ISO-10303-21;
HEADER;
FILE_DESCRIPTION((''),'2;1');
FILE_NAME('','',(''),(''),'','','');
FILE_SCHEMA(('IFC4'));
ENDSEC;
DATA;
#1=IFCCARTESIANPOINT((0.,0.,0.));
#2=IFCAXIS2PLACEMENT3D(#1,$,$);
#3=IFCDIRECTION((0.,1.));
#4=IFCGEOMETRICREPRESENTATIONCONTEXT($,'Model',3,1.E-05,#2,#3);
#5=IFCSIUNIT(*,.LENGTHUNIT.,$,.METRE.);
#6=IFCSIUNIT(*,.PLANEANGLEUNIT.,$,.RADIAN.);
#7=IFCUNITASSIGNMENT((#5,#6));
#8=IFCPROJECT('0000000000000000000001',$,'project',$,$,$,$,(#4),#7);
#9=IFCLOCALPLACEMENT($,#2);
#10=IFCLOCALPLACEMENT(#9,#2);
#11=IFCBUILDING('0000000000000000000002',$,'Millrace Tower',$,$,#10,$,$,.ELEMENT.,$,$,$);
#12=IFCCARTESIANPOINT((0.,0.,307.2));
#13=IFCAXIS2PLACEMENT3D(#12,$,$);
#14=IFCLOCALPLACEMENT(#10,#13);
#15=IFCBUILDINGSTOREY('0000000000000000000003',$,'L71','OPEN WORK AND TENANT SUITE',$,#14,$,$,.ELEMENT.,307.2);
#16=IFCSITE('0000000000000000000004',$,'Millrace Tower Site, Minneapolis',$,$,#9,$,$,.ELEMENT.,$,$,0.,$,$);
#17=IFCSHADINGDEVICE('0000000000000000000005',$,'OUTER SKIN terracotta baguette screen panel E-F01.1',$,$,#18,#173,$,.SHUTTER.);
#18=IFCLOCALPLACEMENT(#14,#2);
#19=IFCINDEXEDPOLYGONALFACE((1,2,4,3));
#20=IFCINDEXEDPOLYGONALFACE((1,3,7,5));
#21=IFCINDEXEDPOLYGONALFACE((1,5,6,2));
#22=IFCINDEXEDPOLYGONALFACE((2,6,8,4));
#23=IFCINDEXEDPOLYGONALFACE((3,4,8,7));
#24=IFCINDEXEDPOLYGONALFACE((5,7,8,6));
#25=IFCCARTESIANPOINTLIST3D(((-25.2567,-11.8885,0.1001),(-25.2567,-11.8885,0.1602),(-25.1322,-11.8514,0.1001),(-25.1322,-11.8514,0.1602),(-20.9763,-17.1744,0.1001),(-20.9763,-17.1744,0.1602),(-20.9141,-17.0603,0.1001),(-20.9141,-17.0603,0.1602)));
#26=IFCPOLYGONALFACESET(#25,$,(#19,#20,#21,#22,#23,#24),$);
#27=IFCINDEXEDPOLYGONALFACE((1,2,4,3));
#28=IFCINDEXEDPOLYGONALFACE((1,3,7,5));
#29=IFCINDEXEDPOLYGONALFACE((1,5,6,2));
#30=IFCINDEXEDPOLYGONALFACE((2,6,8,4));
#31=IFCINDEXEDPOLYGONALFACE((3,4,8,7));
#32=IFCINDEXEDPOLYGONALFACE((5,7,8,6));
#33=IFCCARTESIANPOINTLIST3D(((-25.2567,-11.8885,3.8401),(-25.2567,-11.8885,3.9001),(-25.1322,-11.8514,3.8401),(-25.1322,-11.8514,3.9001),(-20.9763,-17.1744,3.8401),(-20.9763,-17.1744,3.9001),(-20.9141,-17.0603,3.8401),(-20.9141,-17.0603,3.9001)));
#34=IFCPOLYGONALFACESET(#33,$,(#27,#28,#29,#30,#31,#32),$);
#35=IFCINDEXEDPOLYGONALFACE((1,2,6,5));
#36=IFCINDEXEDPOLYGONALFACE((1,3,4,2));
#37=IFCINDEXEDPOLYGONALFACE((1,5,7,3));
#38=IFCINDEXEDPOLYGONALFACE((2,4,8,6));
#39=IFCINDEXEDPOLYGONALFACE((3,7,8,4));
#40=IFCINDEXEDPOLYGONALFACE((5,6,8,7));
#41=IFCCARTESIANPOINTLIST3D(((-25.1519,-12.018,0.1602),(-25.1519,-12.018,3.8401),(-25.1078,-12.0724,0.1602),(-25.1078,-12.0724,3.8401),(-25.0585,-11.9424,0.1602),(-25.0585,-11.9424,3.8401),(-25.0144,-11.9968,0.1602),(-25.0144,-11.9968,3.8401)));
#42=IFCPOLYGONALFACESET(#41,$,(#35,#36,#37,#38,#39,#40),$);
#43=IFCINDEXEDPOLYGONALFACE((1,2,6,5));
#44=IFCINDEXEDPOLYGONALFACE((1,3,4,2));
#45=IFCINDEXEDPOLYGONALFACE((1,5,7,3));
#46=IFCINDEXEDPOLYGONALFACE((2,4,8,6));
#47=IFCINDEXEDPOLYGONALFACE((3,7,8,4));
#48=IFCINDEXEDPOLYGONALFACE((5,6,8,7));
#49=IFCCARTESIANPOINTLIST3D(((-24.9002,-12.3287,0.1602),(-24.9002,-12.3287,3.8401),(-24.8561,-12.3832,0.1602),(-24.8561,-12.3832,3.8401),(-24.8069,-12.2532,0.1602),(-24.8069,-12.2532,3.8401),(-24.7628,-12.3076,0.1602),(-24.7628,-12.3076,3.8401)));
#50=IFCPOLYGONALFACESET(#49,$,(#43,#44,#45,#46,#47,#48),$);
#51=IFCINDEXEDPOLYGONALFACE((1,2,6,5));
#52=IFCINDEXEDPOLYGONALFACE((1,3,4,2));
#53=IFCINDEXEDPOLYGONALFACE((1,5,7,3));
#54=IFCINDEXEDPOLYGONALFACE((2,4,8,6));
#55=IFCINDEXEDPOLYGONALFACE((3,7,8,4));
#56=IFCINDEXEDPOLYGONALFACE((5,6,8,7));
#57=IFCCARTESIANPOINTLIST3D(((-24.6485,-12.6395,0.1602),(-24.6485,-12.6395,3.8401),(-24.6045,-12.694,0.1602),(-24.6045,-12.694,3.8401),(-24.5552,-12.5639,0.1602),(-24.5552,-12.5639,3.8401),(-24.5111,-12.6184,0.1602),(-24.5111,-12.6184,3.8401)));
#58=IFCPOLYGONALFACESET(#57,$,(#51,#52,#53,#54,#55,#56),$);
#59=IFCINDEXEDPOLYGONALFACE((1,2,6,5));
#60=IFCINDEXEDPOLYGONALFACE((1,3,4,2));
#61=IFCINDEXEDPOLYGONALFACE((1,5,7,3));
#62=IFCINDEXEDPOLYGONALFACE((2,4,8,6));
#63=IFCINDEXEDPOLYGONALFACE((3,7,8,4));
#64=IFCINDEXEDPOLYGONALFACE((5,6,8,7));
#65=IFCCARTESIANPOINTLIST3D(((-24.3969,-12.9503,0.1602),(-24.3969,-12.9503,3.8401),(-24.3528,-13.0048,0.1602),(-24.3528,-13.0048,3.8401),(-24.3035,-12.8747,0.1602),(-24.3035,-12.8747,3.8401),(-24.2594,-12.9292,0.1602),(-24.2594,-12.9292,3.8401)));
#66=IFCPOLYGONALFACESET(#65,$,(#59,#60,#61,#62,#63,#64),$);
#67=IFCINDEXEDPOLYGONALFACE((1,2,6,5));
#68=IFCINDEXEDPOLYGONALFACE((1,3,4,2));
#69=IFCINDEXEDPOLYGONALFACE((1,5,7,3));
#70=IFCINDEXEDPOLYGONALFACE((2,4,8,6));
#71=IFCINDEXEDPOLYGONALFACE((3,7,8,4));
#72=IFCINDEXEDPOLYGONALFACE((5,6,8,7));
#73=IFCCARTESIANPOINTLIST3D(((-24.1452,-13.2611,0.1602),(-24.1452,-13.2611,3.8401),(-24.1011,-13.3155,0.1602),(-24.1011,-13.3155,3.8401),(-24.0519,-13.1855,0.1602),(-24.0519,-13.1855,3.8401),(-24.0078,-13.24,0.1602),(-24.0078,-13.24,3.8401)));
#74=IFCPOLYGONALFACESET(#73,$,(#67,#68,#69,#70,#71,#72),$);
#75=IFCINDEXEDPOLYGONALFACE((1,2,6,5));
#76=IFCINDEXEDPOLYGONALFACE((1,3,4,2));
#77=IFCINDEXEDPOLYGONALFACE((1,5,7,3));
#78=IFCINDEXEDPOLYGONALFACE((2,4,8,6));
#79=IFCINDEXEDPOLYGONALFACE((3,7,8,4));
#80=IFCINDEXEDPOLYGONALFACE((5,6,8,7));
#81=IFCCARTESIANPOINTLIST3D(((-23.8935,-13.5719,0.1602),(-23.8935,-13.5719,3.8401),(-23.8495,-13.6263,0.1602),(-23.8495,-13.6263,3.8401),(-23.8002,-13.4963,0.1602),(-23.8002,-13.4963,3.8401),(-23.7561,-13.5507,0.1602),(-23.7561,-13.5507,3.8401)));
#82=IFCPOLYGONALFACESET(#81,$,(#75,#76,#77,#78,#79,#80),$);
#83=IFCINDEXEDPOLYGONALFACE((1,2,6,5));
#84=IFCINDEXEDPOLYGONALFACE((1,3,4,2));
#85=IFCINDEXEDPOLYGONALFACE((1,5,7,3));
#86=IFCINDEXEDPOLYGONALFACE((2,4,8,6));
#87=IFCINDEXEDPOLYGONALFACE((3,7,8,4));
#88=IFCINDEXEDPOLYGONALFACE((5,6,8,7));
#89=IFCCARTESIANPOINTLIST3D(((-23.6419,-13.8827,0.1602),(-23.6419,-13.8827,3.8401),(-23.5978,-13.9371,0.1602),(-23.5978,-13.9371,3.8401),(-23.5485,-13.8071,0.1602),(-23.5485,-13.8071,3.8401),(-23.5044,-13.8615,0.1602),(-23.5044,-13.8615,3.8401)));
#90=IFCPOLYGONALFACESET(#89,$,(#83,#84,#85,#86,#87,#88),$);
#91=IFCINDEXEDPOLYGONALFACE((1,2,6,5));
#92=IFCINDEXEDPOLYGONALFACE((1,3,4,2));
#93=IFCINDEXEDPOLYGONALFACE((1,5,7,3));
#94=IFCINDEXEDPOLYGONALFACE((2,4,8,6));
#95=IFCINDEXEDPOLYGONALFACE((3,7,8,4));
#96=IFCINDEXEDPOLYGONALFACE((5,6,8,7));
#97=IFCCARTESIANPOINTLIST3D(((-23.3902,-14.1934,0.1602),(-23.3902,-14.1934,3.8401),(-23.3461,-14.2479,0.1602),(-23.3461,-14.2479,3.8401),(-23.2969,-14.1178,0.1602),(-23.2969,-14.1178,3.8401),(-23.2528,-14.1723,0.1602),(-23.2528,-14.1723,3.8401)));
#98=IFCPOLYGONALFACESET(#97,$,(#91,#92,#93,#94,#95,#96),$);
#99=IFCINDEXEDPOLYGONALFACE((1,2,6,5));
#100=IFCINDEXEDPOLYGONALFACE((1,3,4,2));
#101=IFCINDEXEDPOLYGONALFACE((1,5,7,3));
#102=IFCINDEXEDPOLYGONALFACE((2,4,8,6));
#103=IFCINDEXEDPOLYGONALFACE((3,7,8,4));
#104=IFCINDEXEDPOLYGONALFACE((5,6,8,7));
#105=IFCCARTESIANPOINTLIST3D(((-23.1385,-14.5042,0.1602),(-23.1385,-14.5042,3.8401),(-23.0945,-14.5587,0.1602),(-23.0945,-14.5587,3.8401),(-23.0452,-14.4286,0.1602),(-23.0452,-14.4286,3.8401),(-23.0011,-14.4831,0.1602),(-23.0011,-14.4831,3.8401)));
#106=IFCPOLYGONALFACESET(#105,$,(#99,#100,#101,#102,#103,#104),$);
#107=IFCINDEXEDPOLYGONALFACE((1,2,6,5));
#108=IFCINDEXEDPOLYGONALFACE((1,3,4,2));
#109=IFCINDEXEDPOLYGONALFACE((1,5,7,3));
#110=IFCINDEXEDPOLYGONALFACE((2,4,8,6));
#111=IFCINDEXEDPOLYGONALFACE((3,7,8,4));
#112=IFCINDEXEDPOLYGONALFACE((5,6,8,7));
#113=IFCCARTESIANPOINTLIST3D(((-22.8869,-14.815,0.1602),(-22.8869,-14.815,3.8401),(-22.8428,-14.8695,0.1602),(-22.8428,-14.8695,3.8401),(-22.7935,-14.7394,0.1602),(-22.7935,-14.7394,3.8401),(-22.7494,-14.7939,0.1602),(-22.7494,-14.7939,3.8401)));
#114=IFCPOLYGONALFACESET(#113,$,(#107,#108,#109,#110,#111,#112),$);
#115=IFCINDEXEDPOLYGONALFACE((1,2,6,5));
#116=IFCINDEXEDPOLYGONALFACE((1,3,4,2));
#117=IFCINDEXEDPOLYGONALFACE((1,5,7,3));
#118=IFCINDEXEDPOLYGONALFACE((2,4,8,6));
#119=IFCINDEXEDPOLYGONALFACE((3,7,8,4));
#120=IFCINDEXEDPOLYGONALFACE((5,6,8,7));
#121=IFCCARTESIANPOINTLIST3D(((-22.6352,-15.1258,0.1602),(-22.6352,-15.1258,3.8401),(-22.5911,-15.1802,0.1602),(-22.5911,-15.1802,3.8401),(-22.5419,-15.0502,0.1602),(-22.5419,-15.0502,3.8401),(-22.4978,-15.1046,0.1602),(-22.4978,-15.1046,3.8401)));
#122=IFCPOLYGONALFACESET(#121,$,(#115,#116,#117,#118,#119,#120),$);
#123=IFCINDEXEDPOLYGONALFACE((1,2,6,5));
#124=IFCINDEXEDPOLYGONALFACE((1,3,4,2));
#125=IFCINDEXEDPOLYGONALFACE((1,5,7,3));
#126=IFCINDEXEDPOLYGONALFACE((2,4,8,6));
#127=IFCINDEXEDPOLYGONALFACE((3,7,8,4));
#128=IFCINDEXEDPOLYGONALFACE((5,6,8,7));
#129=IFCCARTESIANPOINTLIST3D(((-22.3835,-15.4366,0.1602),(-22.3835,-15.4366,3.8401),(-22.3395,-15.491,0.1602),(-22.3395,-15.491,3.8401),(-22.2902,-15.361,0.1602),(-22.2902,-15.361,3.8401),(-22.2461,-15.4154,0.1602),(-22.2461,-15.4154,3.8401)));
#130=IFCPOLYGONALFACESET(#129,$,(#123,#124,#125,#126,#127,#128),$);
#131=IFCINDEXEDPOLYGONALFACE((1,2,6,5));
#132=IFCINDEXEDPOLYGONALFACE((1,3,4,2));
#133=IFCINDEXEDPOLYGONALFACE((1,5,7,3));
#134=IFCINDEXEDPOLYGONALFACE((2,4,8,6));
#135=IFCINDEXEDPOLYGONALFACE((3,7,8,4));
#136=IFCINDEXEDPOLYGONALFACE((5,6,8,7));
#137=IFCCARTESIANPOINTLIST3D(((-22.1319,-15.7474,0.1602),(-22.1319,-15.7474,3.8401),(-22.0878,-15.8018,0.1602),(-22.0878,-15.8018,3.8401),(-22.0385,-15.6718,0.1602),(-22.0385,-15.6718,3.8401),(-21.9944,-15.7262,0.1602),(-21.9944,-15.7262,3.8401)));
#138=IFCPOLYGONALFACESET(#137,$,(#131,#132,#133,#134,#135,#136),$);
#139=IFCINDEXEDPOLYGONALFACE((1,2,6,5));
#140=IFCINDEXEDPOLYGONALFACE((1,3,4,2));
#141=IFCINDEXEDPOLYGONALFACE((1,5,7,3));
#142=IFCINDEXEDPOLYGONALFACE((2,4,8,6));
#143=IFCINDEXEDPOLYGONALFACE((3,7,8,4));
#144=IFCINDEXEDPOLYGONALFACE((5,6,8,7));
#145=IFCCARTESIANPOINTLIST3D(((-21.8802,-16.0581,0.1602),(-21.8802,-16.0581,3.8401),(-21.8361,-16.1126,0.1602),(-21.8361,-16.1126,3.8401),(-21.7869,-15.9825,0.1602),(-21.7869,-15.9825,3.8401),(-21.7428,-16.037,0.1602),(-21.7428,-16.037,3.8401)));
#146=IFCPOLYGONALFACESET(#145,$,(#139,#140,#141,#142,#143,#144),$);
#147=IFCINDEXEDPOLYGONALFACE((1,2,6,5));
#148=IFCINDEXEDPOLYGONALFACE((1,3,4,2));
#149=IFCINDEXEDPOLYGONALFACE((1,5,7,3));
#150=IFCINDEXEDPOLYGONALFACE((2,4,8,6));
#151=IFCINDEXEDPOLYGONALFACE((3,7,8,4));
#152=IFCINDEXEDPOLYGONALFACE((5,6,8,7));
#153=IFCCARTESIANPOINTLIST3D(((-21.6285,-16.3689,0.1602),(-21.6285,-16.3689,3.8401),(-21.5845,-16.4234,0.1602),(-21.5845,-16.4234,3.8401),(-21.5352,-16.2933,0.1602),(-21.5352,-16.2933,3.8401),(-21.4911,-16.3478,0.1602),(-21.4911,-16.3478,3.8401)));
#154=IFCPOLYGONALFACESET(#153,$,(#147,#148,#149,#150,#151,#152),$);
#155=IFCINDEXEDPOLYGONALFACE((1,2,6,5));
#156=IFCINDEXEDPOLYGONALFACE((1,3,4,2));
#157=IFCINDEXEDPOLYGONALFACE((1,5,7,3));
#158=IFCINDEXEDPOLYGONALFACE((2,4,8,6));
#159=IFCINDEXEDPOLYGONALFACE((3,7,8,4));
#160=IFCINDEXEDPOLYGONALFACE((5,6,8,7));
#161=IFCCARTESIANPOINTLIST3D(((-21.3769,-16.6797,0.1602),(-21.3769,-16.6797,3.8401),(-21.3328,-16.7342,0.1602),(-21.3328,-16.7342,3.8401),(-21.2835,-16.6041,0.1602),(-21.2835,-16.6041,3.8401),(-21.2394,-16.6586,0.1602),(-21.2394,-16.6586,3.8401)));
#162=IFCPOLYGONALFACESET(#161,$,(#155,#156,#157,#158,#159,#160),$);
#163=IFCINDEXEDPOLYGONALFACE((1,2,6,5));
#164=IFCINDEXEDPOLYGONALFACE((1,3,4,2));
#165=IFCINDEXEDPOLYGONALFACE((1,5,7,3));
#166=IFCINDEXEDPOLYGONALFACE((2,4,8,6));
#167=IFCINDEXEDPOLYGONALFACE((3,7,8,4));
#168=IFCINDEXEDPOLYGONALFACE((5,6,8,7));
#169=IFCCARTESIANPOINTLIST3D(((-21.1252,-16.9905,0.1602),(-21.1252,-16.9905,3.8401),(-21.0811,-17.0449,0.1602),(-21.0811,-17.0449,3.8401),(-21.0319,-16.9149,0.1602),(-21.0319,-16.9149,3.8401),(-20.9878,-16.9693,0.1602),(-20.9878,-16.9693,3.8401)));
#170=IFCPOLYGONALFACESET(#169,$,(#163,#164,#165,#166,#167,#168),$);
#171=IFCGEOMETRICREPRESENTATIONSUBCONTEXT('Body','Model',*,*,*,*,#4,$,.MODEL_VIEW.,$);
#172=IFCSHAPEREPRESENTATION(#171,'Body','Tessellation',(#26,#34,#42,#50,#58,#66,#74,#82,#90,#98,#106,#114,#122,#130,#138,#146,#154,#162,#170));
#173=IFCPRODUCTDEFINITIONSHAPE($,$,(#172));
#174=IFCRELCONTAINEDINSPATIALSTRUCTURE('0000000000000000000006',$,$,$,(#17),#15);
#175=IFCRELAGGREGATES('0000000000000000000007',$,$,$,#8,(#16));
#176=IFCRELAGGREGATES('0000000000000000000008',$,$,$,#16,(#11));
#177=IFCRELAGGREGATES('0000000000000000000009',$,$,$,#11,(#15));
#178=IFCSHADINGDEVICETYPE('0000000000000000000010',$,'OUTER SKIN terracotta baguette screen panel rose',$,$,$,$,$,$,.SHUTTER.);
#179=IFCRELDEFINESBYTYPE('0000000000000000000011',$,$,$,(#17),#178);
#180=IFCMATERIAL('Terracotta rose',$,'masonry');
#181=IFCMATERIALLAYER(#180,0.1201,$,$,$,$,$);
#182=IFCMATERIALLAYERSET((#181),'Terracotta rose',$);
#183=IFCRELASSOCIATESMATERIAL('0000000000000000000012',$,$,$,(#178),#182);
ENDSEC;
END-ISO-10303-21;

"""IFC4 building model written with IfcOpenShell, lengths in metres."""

from ifc_helpers import new_model, entity, si_unit, direction, frame, frame_2d, origin, origin_2d, place, context, subcontext, project, spatial, rectangle, extrude, source, transform, mapped, material, layer, layer_set, type_object, element, save


model = new_model("IFC4")

# Units and contexts
model_context = context("Model", 3, precision=1e-05, world=origin(), true_north=direction((0.0, 1.0)))
body_context = subcontext(model_context, "Body", "Model", "MODEL_VIEW")
ifc_project = project(units=[si_unit("LENGTHUNIT", "METRE"), si_unit("PLANEANGLEUNIT", "RADIAN")], contexts=[model_context])

# Site, building, storey
site_placement = place(None, origin())
site = spatial("IfcSite", under=ifc_project, at=site_placement, Name="Millrace Tower Site, Minneapolis", CompositionType="ELEMENT", RefElevation=0.0)
building_placement = place(site_placement, origin())
building = spatial("IfcBuilding", under=site, at=building_placement, Name="Millrace Tower", CompositionType="ELEMENT")
storey_placement = place(building_placement, frame((0.0, 0.0, 307.2)))
storey = spatial("IfcBuildingStorey", under=building, at=storey_placement, Name="L71", Description="OPEN WORK AND TENANT SUITE", CompositionType="ELEMENT", Elevation=307.2)

# Shading device
ifc_material_1 = material(Name="Terracotta rose", Category="masonry")
ifc_layer_1 = layer(ifc_material_1, 0.1201)
ifc_layer_set_1 = layer_set([ifc_layer_1], Name="Terracotta rose")
shading_device_type = type_object("IfcShadingDeviceType", Name="OUTER SKIN terracotta baguette screen panel rose", PredefinedType="SHUTTER", material=ifc_layer_set_1)
cartesian_point_1 = entity("IfcCartesianPoint", [-3.3513, 0.0601])
shared_polyline_1 = entity("IfcPolyline", [cartesian_point_1, entity("IfcCartesianPoint", [3.3513, 0.0601]), entity("IfcCartesianPoint", [3.4009, -0.0601]), entity("IfcCartesianPoint", [-3.4009, -0.0601]), cartesian_point_1])
shared_shape_1 = source(origin(), body_context, "Body", "SweptSolid", [
    entity("IfcExtrudedAreaSolid", entity("IfcArbitraryClosedProfileDef", "AREA", None, shared_polyline_1), entity("IfcAxis2Placement3D", entity("IfcCartesianPoint", [0.0, 0.0, 0.0])), entity("IfcDirection", [0.0, 0.0, 1.0]), 0.0601),
    entity("IfcExtrudedAreaSolid", entity("IfcArbitraryClosedProfileDef", "AREA", None, shared_polyline_1), entity("IfcAxis2Placement3D", entity("IfcCartesianPoint", [0.0, 0.0, 3.74])), entity("IfcDirection", [0.0, 0.0, 1.0]), 0.0601),
    extrude(rectangle(XDim=0.0701, YDim=0.1201, at=frame_2d((-3.1992, 0.0))), frame((0.0, 0.0, 0.0601)), (0.0, 0.0, 1.0), 3.6799),
    extrude(rectangle(XDim=0.0701, YDim=0.1201, at=frame_2d((-2.7993, 0.0))), frame((0.0, 0.0, 0.0601)), (0.0, 0.0, 1.0), 3.6799),
    extrude(rectangle(XDim=0.0701, YDim=0.1201, at=frame_2d((-2.3994, 0.0))), frame((0.0, 0.0, 0.0601)), (0.0, 0.0, 1.0), 3.6799),
    extrude(rectangle(XDim=0.0701, YDim=0.1201, at=frame_2d((-1.9995, 0.0))), frame((0.0, 0.0, 0.0601)), (0.0, 0.0, 1.0), 3.6799),
    extrude(rectangle(XDim=0.0701, YDim=0.1201, at=frame_2d((-1.5996, 0.0))), frame((0.0, 0.0, 0.0601)), (0.0, 0.0, 1.0), 3.6799),
    extrude(rectangle(XDim=0.0701, YDim=0.1201, at=frame_2d((-1.1997, 0.0))), frame((0.0, 0.0, 0.0601)), (0.0, 0.0, 1.0), 3.6799),
    extrude(rectangle(XDim=0.0701, YDim=0.1201, at=frame_2d((-0.7998, 0.0))), frame((0.0, 0.0, 0.0601)), (0.0, 0.0, 1.0), 3.6799),
    extrude(rectangle(XDim=0.0701, YDim=0.1201, at=frame_2d((-0.3999, 0.0))), frame((0.0, 0.0, 0.0601)), (0.0, 0.0, 1.0), 3.6799),
    extrude(rectangle(XDim=0.0701, YDim=0.1201, at=origin_2d()), frame((0.0, 0.0, 0.0601)), (0.0, 0.0, 1.0), 3.6799),
    extrude(rectangle(XDim=0.0701, YDim=0.1201, at=frame_2d((0.3999, 0.0))), frame((0.0, 0.0, 0.0601)), (0.0, 0.0, 1.0), 3.6799),
    extrude(rectangle(XDim=0.0701, YDim=0.1201, at=frame_2d((0.7998, 0.0))), frame((0.0, 0.0, 0.0601)), (0.0, 0.0, 1.0), 3.6799),
    extrude(rectangle(XDim=0.0701, YDim=0.1201, at=frame_2d((1.1997, 0.0))), frame((0.0, 0.0, 0.0601)), (0.0, 0.0, 1.0), 3.6799),
    extrude(rectangle(XDim=0.0701, YDim=0.1201, at=frame_2d((1.5996, 0.0))), frame((0.0, 0.0, 0.0601)), (0.0, 0.0, 1.0), 3.6799),
    extrude(rectangle(XDim=0.0701, YDim=0.1201, at=frame_2d((1.9995, 0.0))), frame((0.0, 0.0, 0.0601)), (0.0, 0.0, 1.0), 3.6799),
    extrude(rectangle(XDim=0.0701, YDim=0.1201, at=frame_2d((2.3994, 0.0))), frame((0.0, 0.0, 0.0601)), (0.0, 0.0, 1.0), 3.6799),
    extrude(rectangle(XDim=0.0701, YDim=0.1201, at=frame_2d((2.7993, 0.0))), frame((0.0, 0.0, 0.0601)), (0.0, 0.0, 1.0), 3.6799),
    extrude(rectangle(XDim=0.0701, YDim=0.1201, at=frame_2d((3.1992, 0.0))), frame((0.0, 0.0, 0.0601)), (0.0, 0.0, 1.0), 3.6799),
])
shading_device_1_placement = place(storey_placement, frame((-23.0698, -14.4937, 0.1001), z_axis=(0.0, 0.0, 1.0), x_axis=(0.62932, -0.777146, 0.0)))
element("IfcShadingDevice", 1, at=shading_device_1_placement, inside=storey, type_object=shading_device_type, Name="OUTER SKIN terracotta baguette screen panel E-F01.1", PredefinedType="SHUTTER", context=body_context, shape_type="MappedRepresentation", body=[
    mapped(shared_shape_1, transform((0.0, 0.0, 0.0), scale=1.0)),
])

save(model, "model.ifc")
